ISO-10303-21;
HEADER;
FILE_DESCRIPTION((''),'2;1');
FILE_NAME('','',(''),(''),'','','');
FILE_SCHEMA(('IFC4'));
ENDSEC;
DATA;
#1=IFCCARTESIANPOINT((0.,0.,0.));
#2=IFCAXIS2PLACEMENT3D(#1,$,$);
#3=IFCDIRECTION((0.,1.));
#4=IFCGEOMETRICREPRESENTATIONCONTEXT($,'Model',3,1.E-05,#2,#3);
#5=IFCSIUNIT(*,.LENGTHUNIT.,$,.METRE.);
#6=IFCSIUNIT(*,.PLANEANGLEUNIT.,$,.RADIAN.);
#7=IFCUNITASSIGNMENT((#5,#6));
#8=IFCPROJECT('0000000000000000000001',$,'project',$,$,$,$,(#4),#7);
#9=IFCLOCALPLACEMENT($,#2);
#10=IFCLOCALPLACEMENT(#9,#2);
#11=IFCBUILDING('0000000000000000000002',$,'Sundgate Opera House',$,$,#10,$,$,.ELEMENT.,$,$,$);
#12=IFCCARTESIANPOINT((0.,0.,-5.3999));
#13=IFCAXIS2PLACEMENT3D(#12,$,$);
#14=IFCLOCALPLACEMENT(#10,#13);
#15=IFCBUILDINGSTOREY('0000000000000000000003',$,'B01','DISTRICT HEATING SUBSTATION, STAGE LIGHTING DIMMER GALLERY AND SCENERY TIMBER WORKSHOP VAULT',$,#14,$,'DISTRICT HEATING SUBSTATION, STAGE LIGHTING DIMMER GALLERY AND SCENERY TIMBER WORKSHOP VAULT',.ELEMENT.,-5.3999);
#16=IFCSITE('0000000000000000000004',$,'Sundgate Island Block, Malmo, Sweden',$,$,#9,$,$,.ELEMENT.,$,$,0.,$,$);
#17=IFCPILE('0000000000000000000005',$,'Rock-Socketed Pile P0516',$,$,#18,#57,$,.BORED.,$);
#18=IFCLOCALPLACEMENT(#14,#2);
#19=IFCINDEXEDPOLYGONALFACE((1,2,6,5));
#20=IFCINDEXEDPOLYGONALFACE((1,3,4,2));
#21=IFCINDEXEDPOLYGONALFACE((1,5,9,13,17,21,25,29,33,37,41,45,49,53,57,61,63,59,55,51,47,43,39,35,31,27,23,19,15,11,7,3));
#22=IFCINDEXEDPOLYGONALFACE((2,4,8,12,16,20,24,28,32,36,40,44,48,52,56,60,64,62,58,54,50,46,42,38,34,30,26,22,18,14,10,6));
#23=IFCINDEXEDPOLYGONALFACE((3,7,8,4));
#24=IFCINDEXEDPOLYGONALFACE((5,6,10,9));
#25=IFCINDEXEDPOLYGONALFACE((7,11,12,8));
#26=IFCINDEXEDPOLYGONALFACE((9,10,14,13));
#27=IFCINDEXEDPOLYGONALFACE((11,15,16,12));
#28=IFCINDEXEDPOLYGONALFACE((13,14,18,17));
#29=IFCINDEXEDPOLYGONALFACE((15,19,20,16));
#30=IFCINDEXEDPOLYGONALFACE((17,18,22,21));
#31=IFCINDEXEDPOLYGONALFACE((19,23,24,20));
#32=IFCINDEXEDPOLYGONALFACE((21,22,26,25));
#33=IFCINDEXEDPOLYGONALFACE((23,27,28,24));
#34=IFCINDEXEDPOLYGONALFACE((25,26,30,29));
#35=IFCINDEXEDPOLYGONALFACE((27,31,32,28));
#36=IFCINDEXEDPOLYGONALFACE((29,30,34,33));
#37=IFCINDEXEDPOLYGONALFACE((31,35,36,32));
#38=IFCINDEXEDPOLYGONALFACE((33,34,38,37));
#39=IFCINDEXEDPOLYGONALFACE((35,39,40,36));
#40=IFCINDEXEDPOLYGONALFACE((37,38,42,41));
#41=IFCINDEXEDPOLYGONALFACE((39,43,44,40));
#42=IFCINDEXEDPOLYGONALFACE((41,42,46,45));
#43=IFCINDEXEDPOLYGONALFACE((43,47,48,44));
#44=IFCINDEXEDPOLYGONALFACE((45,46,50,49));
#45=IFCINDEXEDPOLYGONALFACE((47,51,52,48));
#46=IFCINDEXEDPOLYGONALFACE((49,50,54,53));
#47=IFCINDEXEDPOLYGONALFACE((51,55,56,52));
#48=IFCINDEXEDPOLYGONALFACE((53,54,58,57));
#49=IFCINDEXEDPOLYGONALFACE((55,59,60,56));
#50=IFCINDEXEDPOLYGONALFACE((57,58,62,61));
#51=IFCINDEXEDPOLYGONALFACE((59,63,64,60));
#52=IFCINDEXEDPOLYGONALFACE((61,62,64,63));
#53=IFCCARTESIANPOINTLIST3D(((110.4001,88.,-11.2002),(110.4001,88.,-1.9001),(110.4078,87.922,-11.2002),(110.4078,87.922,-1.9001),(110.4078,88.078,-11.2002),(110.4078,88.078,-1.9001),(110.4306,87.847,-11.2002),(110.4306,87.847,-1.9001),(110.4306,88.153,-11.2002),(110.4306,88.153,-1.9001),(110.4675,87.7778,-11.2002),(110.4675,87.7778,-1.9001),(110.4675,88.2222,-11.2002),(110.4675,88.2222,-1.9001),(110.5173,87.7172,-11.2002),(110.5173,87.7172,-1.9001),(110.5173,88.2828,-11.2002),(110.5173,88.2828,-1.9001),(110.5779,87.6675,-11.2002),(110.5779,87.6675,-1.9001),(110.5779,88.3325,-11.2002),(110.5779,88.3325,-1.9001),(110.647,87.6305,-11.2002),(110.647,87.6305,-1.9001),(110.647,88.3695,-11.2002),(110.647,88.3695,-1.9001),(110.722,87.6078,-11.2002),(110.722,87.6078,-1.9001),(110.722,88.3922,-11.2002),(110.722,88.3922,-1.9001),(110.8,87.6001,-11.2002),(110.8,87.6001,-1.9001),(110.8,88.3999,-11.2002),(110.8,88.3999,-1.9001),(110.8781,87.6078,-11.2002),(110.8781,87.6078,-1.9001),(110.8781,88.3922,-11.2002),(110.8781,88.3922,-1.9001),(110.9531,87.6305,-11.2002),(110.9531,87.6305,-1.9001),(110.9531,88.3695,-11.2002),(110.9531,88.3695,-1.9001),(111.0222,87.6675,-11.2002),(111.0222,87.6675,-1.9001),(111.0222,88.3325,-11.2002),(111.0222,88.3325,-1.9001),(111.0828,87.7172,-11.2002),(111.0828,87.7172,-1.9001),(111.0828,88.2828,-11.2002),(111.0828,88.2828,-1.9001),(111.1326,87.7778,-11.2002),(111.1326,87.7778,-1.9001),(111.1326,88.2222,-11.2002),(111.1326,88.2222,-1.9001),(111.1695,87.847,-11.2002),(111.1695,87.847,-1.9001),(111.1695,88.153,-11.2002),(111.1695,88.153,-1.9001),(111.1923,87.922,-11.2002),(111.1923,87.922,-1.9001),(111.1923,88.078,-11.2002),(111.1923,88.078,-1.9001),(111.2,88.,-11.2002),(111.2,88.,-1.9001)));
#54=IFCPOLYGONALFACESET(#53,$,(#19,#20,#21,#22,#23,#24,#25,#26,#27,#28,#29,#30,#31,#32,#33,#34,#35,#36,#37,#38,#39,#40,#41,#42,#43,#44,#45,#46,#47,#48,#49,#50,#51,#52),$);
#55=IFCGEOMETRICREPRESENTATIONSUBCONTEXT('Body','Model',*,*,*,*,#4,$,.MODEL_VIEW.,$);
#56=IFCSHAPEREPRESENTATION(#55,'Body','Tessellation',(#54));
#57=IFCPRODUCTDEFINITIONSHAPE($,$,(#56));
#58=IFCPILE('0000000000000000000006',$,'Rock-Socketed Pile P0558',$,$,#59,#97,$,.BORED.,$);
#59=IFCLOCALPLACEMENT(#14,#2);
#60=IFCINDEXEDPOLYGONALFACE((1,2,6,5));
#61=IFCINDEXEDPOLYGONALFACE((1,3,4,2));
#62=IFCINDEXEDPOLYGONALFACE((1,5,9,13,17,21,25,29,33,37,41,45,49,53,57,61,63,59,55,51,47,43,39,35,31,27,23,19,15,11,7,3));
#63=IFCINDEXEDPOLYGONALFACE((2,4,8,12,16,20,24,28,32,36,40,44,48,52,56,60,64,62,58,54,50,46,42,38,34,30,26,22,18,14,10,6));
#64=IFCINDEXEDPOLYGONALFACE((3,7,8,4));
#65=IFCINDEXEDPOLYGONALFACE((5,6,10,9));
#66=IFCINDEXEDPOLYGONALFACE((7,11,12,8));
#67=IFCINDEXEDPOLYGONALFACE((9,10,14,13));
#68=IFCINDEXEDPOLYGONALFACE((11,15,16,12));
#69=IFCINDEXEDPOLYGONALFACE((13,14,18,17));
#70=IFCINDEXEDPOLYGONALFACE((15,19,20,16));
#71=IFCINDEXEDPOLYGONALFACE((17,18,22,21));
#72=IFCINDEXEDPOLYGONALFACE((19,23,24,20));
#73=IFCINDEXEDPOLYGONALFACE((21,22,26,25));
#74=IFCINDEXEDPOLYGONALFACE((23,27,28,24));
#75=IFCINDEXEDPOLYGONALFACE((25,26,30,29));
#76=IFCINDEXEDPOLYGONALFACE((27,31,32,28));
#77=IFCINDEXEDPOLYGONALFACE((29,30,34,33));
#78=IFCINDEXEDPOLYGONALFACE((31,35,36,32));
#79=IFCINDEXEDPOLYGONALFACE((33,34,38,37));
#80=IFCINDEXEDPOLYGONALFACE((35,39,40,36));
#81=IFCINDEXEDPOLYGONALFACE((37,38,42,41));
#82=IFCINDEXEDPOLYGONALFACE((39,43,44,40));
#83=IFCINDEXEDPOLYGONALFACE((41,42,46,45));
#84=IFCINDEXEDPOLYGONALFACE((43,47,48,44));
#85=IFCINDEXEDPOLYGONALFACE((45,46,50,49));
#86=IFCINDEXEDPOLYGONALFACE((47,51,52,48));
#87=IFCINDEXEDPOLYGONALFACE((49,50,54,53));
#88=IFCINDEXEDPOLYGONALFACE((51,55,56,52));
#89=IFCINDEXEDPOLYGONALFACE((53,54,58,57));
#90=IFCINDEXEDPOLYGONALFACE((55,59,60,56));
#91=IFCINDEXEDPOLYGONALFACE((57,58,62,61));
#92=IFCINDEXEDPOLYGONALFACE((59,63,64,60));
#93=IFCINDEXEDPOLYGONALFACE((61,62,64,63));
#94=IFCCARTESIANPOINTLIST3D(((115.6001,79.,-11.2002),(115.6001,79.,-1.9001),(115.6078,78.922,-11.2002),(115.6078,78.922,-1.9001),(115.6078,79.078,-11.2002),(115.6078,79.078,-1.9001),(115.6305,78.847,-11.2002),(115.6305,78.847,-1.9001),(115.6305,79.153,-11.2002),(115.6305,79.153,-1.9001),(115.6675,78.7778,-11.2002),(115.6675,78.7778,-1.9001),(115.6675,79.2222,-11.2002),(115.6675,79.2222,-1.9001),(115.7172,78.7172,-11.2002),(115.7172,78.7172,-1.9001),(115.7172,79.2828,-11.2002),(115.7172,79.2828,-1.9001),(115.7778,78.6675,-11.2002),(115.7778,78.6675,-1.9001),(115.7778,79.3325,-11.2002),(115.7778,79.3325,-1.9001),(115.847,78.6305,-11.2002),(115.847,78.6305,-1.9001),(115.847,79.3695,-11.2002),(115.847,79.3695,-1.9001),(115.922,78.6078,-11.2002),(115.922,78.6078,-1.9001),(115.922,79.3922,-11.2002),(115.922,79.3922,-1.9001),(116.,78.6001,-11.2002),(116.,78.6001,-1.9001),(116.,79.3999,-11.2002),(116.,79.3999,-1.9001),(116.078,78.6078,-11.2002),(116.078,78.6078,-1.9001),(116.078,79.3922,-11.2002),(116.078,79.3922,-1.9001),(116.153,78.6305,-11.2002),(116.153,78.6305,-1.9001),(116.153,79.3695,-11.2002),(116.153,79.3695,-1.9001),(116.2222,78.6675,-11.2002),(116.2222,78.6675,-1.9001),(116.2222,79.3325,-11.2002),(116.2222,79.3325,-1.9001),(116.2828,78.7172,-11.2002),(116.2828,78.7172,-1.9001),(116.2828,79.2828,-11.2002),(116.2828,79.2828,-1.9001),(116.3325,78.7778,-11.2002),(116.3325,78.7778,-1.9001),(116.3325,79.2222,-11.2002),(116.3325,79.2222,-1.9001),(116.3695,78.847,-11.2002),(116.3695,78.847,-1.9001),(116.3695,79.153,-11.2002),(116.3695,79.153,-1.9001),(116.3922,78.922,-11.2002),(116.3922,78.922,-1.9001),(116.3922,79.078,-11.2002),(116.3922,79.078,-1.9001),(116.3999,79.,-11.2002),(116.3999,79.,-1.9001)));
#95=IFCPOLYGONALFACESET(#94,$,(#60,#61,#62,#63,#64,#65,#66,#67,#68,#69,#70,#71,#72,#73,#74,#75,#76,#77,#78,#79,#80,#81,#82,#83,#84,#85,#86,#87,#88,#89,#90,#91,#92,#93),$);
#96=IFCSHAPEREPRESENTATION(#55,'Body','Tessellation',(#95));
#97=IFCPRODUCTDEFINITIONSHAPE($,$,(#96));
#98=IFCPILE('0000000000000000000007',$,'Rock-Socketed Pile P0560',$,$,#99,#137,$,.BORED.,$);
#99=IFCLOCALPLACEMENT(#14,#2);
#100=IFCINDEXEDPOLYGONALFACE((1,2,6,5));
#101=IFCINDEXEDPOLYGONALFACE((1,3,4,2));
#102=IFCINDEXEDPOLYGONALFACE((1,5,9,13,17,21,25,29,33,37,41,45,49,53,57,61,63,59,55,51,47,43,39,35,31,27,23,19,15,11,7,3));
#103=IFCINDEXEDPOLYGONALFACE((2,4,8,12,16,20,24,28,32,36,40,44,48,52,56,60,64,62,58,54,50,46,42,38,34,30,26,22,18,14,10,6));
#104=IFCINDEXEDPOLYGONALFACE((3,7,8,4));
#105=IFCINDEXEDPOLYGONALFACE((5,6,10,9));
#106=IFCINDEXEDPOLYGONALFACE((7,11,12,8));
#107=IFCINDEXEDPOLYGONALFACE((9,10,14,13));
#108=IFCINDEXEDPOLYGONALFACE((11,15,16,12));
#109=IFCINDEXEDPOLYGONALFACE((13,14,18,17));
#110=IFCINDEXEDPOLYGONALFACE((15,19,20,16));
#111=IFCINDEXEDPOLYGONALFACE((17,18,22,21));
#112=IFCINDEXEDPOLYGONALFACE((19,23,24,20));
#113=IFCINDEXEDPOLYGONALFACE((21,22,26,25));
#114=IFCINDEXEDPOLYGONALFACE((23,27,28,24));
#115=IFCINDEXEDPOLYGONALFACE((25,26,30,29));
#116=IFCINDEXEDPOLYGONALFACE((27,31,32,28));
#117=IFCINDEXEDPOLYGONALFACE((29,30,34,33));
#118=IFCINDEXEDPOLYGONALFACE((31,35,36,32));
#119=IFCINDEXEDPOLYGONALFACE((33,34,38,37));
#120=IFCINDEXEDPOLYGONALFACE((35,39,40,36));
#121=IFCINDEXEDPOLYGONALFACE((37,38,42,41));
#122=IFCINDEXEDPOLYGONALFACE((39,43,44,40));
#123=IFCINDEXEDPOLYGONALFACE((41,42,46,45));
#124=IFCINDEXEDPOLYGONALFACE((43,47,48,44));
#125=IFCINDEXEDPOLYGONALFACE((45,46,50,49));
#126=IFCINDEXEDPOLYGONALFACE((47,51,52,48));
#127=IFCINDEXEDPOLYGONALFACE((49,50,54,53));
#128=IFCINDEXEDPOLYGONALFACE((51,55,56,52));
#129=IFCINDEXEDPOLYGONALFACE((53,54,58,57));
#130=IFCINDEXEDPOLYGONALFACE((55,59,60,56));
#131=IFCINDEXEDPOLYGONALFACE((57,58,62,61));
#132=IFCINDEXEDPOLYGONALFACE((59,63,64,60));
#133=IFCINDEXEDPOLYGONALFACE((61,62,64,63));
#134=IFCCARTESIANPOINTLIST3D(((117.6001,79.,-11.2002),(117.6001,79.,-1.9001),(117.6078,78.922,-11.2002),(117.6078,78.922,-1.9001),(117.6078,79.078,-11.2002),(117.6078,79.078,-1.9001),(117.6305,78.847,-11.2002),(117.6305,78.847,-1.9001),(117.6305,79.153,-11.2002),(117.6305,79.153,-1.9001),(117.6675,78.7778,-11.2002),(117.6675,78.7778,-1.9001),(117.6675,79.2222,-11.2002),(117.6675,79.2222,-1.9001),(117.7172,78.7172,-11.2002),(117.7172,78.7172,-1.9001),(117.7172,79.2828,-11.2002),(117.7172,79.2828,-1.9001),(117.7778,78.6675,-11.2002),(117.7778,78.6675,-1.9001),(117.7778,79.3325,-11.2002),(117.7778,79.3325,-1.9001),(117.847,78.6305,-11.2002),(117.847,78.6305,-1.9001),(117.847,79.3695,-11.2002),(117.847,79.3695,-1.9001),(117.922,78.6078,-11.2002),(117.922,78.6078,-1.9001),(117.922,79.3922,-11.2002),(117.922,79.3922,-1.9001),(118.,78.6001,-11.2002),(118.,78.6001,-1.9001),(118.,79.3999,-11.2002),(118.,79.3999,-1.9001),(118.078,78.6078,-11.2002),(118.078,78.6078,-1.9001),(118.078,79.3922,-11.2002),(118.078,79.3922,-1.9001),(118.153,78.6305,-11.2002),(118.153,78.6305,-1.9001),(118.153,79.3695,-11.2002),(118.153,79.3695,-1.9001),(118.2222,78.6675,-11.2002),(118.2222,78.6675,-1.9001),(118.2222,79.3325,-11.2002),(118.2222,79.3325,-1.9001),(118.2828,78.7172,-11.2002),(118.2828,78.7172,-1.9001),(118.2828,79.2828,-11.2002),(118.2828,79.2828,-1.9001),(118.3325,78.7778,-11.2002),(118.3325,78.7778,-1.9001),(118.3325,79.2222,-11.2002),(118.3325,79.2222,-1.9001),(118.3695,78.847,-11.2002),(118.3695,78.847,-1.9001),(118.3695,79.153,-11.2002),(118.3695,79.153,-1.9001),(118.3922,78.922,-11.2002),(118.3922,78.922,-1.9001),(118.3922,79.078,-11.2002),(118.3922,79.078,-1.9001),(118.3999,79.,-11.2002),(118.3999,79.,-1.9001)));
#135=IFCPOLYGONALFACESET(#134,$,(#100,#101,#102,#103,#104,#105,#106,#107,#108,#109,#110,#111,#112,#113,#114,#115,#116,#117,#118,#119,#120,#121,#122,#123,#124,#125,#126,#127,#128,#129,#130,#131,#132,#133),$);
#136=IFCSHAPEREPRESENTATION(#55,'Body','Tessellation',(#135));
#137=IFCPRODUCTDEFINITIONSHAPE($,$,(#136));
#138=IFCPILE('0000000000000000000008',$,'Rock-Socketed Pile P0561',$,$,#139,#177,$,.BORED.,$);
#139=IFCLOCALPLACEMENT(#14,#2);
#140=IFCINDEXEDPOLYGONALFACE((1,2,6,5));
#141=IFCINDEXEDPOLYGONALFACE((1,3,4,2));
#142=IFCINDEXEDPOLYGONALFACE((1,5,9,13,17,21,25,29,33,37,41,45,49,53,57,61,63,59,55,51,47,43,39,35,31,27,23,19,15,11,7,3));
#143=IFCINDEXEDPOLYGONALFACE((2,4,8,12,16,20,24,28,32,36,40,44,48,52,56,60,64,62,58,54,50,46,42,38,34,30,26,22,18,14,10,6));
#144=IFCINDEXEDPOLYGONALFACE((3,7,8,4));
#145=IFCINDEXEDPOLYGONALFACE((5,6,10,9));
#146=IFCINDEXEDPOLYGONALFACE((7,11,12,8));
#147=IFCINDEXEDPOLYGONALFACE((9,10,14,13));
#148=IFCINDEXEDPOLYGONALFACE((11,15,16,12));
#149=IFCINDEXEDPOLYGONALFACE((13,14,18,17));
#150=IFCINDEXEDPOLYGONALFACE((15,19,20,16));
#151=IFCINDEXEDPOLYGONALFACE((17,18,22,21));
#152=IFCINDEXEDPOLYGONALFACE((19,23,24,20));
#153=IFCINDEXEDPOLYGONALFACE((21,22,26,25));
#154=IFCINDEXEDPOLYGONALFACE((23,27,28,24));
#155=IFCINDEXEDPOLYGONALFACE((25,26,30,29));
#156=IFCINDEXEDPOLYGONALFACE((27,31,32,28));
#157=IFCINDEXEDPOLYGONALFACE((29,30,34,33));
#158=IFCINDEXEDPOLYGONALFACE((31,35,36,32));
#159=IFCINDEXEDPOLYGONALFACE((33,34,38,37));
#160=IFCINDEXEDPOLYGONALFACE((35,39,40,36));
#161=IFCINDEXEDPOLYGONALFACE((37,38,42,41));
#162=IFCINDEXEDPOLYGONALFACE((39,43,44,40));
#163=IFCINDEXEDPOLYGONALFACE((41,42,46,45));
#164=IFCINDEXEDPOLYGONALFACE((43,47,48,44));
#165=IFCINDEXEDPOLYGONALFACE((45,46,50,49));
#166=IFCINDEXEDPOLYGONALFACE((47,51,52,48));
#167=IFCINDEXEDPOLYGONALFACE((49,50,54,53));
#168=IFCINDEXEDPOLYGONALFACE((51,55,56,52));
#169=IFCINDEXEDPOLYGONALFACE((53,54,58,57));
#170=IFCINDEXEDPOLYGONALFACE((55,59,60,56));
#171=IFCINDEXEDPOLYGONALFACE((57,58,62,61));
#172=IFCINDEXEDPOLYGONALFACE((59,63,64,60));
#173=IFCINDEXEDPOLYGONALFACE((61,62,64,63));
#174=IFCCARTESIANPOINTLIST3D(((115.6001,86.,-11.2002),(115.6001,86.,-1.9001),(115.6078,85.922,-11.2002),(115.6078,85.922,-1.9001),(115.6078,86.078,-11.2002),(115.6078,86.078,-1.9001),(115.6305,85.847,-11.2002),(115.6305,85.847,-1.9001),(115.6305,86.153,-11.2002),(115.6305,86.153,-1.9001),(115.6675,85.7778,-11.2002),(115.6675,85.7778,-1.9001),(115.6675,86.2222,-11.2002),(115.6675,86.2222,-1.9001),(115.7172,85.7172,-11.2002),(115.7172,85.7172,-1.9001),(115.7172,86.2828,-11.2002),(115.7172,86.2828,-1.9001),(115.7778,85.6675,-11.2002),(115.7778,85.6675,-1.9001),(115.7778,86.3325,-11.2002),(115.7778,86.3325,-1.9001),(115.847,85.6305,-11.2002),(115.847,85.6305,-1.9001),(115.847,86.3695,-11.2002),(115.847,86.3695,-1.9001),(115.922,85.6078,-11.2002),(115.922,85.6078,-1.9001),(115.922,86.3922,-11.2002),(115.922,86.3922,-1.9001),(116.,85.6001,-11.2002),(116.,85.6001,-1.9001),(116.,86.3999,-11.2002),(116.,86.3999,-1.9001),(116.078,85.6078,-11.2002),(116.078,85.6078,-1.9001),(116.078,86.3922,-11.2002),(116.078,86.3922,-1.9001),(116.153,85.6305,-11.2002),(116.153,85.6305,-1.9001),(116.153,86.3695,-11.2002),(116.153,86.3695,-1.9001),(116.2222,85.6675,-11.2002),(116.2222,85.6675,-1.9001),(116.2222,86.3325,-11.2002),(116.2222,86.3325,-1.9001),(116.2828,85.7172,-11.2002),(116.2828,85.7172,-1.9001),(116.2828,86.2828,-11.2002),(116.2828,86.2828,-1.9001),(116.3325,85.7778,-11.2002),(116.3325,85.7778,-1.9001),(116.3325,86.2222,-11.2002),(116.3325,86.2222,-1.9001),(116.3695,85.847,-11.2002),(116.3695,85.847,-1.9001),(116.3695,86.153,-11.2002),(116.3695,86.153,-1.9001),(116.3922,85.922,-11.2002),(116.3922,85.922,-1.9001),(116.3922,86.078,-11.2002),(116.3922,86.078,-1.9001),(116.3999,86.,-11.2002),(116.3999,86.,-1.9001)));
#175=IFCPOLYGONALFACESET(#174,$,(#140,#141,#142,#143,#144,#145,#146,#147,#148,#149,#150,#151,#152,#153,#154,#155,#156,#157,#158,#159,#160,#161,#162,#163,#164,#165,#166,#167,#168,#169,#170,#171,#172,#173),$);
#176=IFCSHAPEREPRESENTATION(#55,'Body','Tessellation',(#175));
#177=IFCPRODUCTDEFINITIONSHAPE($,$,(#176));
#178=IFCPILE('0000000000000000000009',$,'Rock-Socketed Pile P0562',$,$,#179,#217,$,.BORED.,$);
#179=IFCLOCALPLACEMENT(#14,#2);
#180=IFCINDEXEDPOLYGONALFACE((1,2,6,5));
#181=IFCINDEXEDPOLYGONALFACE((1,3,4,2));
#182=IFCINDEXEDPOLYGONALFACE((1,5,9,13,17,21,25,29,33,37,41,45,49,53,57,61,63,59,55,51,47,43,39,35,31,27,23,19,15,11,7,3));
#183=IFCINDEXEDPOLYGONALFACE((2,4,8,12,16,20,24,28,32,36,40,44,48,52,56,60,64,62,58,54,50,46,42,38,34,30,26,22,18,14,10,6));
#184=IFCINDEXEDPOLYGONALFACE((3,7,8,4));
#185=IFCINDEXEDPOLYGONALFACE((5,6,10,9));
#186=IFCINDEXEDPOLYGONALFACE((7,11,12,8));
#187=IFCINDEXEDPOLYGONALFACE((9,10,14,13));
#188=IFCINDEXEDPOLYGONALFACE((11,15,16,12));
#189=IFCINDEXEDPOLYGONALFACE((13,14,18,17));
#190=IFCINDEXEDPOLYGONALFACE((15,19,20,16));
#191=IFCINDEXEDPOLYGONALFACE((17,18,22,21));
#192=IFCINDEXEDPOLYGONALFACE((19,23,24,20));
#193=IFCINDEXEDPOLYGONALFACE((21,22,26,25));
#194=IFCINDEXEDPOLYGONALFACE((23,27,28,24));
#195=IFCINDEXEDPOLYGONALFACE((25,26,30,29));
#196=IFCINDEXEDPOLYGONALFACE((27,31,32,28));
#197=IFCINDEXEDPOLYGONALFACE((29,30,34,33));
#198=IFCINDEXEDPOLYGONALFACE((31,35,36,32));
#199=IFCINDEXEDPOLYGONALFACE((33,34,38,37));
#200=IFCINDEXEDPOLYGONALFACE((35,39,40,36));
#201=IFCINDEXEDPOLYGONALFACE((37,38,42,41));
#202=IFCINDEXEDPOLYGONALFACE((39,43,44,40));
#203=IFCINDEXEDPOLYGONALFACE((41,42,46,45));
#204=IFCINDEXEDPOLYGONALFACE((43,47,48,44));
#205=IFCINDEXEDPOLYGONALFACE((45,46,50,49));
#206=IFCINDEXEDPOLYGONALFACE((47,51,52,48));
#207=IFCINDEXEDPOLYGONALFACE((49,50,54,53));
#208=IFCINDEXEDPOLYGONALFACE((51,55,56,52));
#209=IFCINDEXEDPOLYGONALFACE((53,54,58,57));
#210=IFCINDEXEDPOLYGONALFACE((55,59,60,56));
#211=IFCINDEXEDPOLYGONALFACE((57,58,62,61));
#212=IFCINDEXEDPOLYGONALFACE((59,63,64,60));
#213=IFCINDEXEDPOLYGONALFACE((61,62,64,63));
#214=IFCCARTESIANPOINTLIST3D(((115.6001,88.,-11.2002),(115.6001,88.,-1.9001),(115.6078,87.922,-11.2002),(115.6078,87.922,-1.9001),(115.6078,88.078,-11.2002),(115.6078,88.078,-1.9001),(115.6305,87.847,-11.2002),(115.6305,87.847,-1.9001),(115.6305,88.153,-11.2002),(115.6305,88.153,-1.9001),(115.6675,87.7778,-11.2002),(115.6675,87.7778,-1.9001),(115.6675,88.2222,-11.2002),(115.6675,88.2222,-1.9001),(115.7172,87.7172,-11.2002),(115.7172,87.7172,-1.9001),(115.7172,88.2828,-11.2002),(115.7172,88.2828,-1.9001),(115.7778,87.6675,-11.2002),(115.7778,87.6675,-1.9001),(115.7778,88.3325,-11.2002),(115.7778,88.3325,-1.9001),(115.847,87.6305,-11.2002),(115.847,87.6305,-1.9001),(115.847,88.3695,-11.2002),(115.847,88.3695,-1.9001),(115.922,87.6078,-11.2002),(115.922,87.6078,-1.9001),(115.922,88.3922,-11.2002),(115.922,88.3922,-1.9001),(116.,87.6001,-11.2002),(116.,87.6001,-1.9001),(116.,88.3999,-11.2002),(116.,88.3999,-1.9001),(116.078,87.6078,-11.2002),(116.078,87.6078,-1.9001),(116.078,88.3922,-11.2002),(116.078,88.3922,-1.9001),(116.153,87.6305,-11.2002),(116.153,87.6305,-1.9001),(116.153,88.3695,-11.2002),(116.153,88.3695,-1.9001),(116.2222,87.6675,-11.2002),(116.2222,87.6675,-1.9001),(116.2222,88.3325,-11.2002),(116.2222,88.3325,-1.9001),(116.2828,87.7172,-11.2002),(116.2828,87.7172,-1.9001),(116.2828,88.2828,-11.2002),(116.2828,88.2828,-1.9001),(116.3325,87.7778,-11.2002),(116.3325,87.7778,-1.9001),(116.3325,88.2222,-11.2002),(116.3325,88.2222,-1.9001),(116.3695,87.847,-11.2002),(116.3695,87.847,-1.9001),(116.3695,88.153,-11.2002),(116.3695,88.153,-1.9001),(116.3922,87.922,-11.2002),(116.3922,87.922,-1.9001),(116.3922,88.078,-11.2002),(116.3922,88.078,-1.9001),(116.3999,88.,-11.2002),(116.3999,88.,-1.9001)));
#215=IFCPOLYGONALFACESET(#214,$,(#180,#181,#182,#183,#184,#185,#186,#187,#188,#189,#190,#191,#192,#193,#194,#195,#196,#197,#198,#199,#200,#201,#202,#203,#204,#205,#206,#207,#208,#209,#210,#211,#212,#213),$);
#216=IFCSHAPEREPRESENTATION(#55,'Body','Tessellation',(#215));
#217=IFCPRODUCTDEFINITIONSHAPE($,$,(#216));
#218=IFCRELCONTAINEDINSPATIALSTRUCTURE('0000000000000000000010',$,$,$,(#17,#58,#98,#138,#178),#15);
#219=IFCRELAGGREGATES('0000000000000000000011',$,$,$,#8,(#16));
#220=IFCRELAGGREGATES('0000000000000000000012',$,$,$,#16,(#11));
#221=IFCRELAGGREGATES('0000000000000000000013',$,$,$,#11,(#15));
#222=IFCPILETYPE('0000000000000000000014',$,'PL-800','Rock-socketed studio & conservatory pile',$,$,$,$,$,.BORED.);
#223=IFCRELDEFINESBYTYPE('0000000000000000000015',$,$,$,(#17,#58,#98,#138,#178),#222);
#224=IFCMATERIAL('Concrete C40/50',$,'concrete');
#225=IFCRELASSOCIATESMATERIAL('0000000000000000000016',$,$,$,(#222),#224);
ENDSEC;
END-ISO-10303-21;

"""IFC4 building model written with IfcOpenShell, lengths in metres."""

from ifc_helpers import new_model, si_unit, direction, frame, origin, origin_2d, place, context, subcontext, project, spatial, circle, extrude, material, material_profile, profile_set, type_object, element, save


model = new_model("IFC4")

# Units and contexts
model_context = context("Model", 3, precision=1e-05, world=origin(), true_north=direction((0.0, 1.0)))
body_context = subcontext(model_context, "Body", "Model", "MODEL_VIEW")
ifc_project = project(units=[si_unit("LENGTHUNIT", "METRE"), si_unit("PLANEANGLEUNIT", "RADIAN")], contexts=[model_context])

# Site, building, storey
site_placement = place(None, origin())
site = spatial("IfcSite", under=ifc_project, at=site_placement, Name="Sundgate Island Block, Malmo, Sweden", CompositionType="ELEMENT", RefElevation=0.0)
building_placement = place(site_placement, origin())
building = spatial("IfcBuilding", under=site, at=building_placement, Name="Sundgate Opera House", CompositionType="ELEMENT")
storey_placement = place(building_placement, frame((0.0, 0.0, -5.3999)))
storey = spatial("IfcBuildingStorey", under=building, at=storey_placement, Name="B01", Description="DISTRICT HEATING SUBSTATION, STAGE LIGHTING DIMMER GALLERY AND SCENERY TIMBER WORKSHOP VAULT", LongName="DISTRICT HEATING SUBSTATION, STAGE LIGHTING DIMMER GALLERY AND SCENERY TIMBER WORKSHOP VAULT", CompositionType="ELEMENT", Elevation=-5.3999)

# Piles
ifc_material_1 = material(Name="Concrete C40/50", Category="concrete")
ifc_material_profile_1 = material_profile(ifc_material_1, circle(Radius=0.3999, at=origin_2d()), Name="PILE D800")
ifc_profile_set_1 = profile_set([ifc_material_profile_1], Name="Concrete C40/50")
pile_type = type_object("IfcPileType", Name="PL-800", Description="Rock-socketed studio & conservatory pile", PredefinedType="BORED", material=ifc_profile_set_1)
for number, where, z_axis, x_axis, name in (
    (1, (110.8, 88.0, -1.9001), (0.0, 0.0, -1.0), (1.0, 0.0, 0.0), "Rock-Socketed Pile P0516"),
    (2, (116.0, 79.0, -1.9001), (0.0, 0.0, -1.0), (1.0, 0.0, 0.0), "Rock-Socketed Pile P0558"),
    (3, (118.0, 79.0, -1.9001), (0.0, 0.0, -1.0), (1.0, 0.0, 0.0), "Rock-Socketed Pile P0560"),
    (4, (116.0, 86.0, -1.9001), (0.0, 0.0, -1.0), (1.0, 0.0, 0.0), "Rock-Socketed Pile P0561"),
    (5, (116.0, 88.0, -1.9001), (0.0, 0.0, -1.0), (1.0, 0.0, 0.0), "Rock-Socketed Pile P0562"),
):
    element("IfcPile", number, at=place(storey_placement, frame(where, z_axis=z_axis, x_axis=x_axis)), inside=storey, type_object=pile_type, Name=name, PredefinedType="BORED", context=body_context, shape_type="SweptSolid", body=[
        extrude(circle(Radius=0.3999, at=origin_2d()), origin(), (0.0, 0.0, 1.0), 9.3),
    ])

save(model, "model.ifc")
